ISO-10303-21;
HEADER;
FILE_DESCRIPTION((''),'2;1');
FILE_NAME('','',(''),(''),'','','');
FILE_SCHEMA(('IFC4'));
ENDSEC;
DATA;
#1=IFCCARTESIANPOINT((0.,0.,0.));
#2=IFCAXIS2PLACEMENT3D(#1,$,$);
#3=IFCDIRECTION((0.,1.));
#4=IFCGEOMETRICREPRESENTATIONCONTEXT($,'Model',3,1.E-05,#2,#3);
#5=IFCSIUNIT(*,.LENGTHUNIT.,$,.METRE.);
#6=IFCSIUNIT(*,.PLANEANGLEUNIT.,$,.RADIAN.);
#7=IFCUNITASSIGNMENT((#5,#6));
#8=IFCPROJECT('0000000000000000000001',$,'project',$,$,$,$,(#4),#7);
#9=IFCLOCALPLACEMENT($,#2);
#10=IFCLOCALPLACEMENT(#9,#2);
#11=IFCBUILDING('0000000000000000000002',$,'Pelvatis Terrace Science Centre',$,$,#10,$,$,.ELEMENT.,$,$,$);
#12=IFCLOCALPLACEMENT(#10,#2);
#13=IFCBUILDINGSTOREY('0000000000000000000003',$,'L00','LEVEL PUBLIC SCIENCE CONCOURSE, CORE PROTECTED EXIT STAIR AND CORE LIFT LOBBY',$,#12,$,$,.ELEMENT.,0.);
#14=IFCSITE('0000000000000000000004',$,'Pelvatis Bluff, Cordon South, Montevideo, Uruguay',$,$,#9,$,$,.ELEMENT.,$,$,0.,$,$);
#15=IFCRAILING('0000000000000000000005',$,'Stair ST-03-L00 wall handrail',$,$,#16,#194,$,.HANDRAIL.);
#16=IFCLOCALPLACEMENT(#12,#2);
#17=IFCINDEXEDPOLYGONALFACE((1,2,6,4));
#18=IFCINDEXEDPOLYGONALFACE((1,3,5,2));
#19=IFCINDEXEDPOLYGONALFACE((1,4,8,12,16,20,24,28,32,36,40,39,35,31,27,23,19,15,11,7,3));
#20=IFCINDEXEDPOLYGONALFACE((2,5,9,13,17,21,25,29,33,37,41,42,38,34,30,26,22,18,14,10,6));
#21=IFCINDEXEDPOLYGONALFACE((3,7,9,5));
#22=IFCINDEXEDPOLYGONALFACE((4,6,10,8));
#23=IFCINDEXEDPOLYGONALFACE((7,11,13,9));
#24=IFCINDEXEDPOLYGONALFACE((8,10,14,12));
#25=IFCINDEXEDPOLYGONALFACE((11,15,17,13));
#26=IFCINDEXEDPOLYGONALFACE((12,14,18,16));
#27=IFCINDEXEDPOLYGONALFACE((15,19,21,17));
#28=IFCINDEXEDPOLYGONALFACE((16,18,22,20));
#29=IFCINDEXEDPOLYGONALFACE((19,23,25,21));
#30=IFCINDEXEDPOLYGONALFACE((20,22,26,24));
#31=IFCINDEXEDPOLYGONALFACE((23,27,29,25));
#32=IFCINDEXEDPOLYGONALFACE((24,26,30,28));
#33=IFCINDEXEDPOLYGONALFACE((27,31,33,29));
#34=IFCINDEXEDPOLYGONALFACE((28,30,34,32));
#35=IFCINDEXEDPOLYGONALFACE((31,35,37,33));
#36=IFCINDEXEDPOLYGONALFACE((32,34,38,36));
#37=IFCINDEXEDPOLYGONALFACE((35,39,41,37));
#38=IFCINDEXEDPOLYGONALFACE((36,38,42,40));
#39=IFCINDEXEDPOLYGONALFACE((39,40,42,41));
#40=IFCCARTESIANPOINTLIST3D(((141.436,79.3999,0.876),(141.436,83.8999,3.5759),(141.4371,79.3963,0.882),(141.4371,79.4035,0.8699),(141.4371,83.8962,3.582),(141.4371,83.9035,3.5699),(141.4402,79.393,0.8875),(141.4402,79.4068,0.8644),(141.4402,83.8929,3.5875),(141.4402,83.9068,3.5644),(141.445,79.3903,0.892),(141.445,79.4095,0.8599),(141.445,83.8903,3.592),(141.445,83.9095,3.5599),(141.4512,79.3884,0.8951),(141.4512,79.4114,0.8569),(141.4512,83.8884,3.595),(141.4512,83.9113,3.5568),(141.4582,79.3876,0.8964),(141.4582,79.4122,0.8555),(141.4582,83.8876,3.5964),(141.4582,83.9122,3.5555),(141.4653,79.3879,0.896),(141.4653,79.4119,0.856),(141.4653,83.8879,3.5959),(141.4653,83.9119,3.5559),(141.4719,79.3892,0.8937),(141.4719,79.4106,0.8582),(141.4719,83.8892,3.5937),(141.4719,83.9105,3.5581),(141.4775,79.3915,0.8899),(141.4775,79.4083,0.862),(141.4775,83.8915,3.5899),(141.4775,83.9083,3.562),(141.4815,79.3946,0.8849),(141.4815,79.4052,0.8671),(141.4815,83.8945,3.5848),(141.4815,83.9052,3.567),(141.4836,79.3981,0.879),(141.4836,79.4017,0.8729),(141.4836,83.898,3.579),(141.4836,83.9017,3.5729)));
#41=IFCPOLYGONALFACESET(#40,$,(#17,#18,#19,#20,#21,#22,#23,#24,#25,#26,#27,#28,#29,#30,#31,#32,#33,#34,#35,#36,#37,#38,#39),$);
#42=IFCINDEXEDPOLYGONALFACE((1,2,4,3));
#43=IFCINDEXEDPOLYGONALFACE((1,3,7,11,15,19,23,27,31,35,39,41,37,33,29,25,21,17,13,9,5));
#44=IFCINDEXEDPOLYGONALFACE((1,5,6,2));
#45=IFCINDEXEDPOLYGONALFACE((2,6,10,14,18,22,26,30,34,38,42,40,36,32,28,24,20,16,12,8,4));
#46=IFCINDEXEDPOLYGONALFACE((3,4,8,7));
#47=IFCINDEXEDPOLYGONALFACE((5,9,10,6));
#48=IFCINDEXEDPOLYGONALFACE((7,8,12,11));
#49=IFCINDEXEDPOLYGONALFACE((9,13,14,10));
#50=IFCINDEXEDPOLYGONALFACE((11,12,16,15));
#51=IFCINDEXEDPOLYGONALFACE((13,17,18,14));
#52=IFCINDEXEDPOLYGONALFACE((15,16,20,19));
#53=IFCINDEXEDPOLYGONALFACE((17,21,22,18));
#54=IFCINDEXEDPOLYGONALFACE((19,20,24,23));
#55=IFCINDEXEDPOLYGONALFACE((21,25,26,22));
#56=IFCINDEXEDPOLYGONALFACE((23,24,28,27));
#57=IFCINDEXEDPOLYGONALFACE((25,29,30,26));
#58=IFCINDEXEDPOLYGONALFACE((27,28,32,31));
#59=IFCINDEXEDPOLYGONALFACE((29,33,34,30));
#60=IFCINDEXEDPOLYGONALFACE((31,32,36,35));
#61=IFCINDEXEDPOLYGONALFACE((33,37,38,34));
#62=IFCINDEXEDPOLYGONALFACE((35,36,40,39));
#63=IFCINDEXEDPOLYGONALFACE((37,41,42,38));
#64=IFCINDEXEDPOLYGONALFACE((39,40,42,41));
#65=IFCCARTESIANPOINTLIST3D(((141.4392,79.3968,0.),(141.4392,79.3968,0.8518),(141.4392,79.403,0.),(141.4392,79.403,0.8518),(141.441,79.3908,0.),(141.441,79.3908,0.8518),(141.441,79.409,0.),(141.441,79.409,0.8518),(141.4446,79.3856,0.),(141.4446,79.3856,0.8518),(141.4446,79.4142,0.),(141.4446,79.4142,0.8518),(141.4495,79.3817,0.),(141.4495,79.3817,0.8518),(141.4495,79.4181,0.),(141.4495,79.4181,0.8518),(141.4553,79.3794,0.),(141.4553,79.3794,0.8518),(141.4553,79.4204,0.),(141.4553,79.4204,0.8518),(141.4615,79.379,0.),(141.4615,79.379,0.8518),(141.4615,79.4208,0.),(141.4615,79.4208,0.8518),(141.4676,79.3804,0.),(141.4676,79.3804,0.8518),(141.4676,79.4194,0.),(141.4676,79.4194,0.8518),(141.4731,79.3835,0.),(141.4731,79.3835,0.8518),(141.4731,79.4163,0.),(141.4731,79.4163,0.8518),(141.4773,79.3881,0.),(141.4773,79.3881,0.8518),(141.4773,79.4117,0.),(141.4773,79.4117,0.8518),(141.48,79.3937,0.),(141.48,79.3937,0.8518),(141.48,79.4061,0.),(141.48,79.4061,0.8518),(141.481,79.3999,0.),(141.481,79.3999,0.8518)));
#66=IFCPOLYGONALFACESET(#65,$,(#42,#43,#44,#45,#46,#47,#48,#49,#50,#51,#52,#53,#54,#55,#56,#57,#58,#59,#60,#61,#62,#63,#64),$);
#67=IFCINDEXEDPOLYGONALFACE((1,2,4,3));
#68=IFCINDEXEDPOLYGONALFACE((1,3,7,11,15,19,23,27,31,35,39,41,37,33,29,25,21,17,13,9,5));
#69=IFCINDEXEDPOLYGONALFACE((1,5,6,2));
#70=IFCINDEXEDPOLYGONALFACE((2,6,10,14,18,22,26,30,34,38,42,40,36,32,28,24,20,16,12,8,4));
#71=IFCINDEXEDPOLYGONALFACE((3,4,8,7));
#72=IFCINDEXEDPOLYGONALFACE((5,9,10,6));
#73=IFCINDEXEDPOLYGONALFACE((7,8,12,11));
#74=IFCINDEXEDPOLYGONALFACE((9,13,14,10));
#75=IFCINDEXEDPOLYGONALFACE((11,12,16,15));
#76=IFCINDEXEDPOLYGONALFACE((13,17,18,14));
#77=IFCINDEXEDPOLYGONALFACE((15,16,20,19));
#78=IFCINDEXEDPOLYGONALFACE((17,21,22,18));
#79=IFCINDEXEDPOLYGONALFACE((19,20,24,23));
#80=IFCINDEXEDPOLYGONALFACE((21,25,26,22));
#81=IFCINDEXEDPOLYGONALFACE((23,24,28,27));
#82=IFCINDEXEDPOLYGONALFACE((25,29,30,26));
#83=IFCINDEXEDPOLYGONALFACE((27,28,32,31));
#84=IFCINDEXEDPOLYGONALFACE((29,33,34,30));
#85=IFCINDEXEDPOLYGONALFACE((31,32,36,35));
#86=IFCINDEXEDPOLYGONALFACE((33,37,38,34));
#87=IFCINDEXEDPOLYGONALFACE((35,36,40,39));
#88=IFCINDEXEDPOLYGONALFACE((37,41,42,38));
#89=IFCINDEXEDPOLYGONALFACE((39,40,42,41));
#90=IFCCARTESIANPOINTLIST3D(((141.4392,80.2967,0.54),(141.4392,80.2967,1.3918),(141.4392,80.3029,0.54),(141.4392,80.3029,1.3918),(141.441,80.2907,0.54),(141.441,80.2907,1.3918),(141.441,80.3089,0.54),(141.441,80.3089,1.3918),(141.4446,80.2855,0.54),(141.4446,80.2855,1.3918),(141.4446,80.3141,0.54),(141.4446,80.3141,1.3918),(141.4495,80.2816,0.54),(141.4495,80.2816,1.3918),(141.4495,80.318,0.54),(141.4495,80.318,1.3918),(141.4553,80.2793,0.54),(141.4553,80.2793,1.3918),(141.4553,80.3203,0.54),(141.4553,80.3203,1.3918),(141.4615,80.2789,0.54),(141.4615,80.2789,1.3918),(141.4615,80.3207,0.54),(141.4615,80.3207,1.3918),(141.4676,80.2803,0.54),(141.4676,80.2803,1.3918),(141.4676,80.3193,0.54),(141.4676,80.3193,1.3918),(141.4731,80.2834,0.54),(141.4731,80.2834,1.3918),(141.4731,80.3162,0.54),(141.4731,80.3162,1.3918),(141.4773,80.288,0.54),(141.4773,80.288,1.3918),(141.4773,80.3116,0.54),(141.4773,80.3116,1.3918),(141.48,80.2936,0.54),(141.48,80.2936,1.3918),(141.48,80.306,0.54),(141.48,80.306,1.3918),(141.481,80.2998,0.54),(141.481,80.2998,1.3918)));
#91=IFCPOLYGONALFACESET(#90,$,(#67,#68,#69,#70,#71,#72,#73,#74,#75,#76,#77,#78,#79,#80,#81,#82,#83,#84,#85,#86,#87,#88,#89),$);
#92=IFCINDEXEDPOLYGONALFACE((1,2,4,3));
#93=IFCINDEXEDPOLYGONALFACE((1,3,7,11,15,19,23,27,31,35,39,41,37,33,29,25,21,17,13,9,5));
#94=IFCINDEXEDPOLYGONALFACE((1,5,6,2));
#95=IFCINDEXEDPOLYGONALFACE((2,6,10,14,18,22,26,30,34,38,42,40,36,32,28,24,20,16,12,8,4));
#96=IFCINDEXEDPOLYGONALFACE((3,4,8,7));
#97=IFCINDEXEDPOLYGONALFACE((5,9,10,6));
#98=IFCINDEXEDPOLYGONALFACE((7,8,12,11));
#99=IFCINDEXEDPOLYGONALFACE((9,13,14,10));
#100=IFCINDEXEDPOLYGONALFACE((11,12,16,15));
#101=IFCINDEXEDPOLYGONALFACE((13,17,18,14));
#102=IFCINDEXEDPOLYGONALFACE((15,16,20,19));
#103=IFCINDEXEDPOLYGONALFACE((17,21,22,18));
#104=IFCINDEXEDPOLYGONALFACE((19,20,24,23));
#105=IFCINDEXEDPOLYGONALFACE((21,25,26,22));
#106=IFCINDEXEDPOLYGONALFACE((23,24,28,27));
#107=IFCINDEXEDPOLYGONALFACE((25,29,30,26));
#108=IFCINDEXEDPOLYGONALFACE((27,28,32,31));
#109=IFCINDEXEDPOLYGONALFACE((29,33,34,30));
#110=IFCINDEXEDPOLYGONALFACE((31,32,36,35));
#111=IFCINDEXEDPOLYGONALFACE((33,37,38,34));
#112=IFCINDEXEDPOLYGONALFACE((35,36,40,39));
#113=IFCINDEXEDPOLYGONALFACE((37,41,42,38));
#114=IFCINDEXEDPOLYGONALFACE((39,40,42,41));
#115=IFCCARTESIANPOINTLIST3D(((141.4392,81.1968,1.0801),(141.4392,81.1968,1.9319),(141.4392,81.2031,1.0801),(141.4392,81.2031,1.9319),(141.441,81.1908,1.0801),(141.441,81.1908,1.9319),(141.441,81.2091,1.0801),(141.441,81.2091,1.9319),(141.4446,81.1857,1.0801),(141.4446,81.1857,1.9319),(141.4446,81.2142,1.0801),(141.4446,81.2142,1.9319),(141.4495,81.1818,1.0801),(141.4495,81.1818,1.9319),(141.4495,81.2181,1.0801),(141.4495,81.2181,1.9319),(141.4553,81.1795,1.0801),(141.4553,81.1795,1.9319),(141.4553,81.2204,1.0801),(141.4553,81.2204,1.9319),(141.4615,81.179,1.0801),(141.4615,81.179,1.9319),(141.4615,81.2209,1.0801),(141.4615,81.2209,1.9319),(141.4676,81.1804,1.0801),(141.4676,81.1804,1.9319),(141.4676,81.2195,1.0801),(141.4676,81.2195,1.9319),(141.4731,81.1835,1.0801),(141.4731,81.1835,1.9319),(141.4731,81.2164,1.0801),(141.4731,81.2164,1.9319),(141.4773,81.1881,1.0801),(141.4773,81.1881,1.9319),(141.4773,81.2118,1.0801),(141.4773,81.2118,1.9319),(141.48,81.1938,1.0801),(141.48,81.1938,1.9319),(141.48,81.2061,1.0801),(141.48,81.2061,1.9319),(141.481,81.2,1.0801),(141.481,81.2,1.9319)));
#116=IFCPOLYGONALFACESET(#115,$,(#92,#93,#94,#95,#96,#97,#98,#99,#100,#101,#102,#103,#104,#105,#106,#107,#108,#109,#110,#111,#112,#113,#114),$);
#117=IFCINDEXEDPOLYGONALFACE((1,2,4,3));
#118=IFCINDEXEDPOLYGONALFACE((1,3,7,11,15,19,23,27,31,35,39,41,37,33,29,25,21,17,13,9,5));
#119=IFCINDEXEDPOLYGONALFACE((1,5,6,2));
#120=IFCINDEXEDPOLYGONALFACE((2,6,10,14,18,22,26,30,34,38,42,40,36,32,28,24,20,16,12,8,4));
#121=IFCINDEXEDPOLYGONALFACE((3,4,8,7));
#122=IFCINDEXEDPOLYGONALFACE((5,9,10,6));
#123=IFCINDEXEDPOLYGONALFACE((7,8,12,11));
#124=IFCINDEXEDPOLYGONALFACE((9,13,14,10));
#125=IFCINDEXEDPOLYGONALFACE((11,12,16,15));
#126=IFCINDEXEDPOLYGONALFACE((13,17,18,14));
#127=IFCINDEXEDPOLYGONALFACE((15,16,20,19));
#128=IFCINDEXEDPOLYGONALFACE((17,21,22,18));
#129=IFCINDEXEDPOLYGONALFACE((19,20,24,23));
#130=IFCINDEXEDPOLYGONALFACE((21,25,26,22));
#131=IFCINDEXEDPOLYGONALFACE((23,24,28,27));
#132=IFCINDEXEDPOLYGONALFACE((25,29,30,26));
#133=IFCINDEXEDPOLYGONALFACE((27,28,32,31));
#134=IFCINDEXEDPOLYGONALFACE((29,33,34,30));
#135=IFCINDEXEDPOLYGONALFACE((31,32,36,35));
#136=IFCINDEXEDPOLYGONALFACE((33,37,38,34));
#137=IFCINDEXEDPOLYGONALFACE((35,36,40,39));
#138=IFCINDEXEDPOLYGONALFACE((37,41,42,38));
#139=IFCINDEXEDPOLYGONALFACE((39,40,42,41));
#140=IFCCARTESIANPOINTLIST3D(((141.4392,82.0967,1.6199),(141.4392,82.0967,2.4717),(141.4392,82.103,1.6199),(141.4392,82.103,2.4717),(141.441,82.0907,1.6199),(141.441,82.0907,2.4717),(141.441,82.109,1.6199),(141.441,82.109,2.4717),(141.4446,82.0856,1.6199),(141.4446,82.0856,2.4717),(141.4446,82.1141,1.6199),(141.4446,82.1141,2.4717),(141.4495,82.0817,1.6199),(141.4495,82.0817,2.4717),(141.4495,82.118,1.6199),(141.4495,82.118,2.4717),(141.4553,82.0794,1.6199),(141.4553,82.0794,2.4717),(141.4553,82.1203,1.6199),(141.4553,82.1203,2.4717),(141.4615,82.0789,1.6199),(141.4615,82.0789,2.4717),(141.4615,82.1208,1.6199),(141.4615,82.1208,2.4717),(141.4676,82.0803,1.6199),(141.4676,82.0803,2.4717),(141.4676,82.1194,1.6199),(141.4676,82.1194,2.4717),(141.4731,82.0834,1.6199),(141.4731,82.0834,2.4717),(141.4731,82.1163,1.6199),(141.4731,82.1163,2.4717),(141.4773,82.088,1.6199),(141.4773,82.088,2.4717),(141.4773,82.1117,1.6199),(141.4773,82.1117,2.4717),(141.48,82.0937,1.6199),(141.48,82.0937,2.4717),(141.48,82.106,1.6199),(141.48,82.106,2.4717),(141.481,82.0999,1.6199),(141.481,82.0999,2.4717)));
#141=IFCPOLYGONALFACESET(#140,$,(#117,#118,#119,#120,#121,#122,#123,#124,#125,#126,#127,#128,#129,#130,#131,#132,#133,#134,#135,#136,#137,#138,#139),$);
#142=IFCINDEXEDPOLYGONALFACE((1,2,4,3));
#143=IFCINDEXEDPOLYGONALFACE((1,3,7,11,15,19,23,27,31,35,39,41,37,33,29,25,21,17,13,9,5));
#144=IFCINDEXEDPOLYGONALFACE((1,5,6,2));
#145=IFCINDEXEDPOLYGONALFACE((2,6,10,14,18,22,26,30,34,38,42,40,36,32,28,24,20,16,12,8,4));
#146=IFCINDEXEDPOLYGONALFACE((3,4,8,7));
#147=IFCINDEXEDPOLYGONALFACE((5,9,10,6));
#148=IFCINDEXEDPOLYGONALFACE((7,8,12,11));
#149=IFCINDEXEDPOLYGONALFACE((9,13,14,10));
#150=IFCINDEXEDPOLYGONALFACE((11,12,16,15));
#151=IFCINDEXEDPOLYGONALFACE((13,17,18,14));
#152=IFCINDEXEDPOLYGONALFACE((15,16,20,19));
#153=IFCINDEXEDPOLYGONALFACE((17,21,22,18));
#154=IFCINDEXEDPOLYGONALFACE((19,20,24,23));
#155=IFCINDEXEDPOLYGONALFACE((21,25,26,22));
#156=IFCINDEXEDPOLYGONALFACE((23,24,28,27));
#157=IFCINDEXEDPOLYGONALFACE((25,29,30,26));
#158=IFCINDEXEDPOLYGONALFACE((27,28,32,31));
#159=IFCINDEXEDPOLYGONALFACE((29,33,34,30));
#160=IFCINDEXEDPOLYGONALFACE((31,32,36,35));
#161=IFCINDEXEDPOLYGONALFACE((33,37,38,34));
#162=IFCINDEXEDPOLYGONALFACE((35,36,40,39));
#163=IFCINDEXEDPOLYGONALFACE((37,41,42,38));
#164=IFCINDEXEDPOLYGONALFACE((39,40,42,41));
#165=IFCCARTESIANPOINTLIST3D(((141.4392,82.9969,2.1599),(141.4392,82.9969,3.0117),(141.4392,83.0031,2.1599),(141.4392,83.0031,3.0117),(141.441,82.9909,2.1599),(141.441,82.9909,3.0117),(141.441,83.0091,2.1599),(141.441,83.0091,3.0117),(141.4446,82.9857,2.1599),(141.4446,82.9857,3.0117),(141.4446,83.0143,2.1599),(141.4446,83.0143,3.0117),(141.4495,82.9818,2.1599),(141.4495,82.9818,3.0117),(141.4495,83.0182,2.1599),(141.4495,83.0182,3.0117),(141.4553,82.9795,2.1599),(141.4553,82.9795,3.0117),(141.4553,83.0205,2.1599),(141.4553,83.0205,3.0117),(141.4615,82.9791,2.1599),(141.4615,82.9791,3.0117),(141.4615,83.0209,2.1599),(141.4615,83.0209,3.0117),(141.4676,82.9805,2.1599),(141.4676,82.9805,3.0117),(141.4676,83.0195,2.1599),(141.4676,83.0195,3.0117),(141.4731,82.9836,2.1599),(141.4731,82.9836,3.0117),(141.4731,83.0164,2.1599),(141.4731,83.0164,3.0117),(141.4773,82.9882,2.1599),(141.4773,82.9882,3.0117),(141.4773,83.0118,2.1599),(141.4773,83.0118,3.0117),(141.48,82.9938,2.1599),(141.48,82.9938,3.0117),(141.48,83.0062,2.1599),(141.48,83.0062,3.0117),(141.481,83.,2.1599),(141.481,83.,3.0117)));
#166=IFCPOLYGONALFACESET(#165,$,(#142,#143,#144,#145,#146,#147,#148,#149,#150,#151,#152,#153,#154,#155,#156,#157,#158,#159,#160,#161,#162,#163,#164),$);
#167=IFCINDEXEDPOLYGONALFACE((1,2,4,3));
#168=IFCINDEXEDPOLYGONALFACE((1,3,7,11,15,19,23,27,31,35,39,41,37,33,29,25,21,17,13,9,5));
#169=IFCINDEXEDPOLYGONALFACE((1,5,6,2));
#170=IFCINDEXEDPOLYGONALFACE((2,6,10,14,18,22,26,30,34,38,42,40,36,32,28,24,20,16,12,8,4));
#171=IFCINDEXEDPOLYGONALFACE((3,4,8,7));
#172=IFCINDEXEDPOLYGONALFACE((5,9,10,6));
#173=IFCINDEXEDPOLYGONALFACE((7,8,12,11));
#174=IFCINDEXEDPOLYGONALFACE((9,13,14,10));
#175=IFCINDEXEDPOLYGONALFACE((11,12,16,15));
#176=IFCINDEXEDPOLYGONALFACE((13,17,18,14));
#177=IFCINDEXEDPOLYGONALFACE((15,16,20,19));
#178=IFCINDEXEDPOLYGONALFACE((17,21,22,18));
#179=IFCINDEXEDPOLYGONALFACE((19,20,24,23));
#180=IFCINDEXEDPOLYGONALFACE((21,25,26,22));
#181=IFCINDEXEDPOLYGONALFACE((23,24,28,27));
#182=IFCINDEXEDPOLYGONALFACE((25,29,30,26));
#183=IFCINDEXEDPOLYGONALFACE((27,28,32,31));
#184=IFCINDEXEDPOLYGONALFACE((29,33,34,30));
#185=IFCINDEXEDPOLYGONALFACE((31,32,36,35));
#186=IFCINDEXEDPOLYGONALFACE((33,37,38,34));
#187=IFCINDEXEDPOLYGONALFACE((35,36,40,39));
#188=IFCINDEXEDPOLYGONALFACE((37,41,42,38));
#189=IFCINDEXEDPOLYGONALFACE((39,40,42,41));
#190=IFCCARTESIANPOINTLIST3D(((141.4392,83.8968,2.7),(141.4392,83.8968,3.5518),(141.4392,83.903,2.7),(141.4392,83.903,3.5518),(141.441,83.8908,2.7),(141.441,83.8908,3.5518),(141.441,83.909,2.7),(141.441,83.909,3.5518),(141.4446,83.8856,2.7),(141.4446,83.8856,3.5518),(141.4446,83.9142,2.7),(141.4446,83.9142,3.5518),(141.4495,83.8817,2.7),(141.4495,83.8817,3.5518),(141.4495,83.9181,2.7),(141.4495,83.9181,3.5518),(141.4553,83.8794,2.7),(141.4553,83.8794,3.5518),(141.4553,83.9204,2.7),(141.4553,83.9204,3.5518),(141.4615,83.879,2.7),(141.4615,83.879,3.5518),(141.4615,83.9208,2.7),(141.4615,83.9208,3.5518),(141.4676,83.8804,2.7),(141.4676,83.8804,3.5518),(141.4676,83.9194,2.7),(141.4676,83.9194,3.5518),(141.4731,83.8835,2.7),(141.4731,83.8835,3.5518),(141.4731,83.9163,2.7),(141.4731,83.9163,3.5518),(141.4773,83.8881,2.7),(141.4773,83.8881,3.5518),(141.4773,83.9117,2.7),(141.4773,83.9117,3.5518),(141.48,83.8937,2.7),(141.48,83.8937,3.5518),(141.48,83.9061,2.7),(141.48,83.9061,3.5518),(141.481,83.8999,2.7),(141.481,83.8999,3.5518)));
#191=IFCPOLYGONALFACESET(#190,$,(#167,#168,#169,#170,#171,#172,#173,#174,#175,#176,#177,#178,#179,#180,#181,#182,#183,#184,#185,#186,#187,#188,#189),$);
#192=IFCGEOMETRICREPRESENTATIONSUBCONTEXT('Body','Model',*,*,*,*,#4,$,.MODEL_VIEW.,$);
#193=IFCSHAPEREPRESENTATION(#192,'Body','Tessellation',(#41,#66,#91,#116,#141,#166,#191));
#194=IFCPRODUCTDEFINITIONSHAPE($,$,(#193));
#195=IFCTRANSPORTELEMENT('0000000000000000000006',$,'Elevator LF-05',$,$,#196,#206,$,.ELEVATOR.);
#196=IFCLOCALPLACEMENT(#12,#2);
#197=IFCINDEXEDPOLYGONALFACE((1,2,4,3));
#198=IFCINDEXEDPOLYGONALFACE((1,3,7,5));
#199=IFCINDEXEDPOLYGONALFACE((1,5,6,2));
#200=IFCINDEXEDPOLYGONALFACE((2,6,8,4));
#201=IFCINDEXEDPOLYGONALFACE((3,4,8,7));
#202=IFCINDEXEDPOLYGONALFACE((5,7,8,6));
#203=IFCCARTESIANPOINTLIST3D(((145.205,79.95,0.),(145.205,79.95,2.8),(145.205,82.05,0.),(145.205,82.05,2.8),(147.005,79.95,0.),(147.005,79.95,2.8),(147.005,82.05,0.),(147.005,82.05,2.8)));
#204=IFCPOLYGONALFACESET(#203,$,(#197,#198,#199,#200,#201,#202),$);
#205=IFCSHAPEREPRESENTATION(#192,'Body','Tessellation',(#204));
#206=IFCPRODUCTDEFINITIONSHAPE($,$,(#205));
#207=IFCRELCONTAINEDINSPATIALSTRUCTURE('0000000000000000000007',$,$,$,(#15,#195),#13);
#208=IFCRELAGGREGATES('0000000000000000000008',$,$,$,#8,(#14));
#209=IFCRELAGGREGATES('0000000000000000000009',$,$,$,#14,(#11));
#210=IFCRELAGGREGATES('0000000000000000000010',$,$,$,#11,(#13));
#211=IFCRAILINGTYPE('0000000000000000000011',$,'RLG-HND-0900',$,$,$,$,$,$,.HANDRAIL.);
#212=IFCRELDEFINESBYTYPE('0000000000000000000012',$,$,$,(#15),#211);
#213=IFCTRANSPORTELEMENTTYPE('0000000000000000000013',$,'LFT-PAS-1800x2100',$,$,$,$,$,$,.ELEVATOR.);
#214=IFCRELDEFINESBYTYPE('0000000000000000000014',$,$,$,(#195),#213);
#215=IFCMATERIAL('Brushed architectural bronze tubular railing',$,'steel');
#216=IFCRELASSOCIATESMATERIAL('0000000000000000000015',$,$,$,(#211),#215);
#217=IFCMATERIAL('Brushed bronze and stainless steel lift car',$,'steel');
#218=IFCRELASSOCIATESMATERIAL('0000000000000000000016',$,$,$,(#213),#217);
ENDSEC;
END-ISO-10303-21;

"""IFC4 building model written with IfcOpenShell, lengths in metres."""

from ifc_helpers import new_model, si_unit, direction, frame, origin, origin_2d, place, context, subcontext, project, spatial, rectangle, circle, extrude, material, type_object, element, save


model = new_model("IFC4")

# Units and contexts
model_context = context("Model", 3, precision=1e-05, world=origin(), true_north=direction((0.0, 1.0)))
body_context = subcontext(model_context, "Body", "Model", "MODEL_VIEW")
ifc_project = project(units=[si_unit("LENGTHUNIT", "METRE"), si_unit("PLANEANGLEUNIT", "RADIAN")], contexts=[model_context])

# Site, building, storey
site_placement = place(None, origin())
site = spatial("IfcSite", under=ifc_project, at=site_placement, Name="Pelvatis Bluff, Cordon South, Montevideo, Uruguay", CompositionType="ELEMENT", RefElevation=0.0)
building_placement = place(site_placement, origin())
building = spatial("IfcBuilding", under=site, at=building_placement, Name="Pelvatis Terrace Science Centre", CompositionType="ELEMENT")
storey_placement = place(building_placement, origin())
storey = spatial("IfcBuildingStorey", under=building, at=storey_placement, Name="L00", Description="LEVEL PUBLIC SCIENCE CONCOURSE, CORE PROTECTED EXIT STAIR AND CORE LIFT LOBBY", CompositionType="ELEMENT", Elevation=0.0)

# Railing
ifc_material_1 = material(Name="Brushed architectural bronze tubular railing", Category="steel")
railing_type_1 = type_object("IfcRailingType", Name="RLG-HND-0900", PredefinedType="HANDRAIL", material=ifc_material_1)
railing_1_placement = place(storey_placement, frame((141.46, 79.3999, 0.0)))
element("IfcRailing", 1, at=railing_1_placement, inside=storey, type_object=railing_type_1, Name="Stair ST-03-L00 wall handrail", PredefinedType="HANDRAIL", context=body_context, shape_type="SweptSolid", body=[
    extrude(circle(Radius=0.0239, at=origin_2d()), frame((0.0, 0.0, 0.876), z_axis=(0.0, 0.857497, 0.514489), x_axis=(-1.0, 0.0, 0.0)), (0.0, 0.0, 1.0), 5.2478),
    extrude(circle(Radius=0.021, at=origin_2d()), origin(), (0.0, 0.0, 1.0), 0.8518),
    extrude(circle(Radius=0.021, at=origin_2d()), frame((0.0, 0.8999, 0.54)), (0.0, 0.0, 1.0), 0.8518),
    extrude(circle(Radius=0.021, at=origin_2d()), frame((0.0, 1.8, 1.0801)), (0.0, 0.0, 1.0), 0.8518),
    extrude(circle(Radius=0.021, at=origin_2d()), frame((0.0, 2.7, 1.6199)), (0.0, 0.0, 1.0), 0.8518),
    extrude(circle(Radius=0.021, at=origin_2d()), frame((0.0, 3.6001, 2.1599)), (0.0, 0.0, 1.0), 0.8518),
    extrude(circle(Radius=0.021, at=origin_2d()), frame((0.0, 4.5, 2.7)), (0.0, 0.0, 1.0), 0.8518),
])

# Transport element
ifc_material_2 = material(Name="Brushed bronze and stainless steel lift car", Category="steel")
transport_element_type = type_object("IfcTransportElementType", Name="LFT-PAS-1800x2100", PredefinedType="ELEVATOR", material=ifc_material_2)
transport_element_placement = place(storey_placement, frame((146.105, 81.0, 0.0), z_axis=(0.0, 0.0, 1.0), x_axis=(1.0, 0.0, 0.0)))
element("IfcTransportElement", 2, at=transport_element_placement, inside=storey, type_object=transport_element_type, Name="Elevator LF-05", PredefinedType="ELEVATOR", context=body_context, shape_type="SweptSolid", body=[
    extrude(rectangle(XDim=1.8, YDim=2.1001, at=origin_2d()), origin(), (0.0, 0.0, 1.0), 2.8),
])

save(model, "model.ifc")
